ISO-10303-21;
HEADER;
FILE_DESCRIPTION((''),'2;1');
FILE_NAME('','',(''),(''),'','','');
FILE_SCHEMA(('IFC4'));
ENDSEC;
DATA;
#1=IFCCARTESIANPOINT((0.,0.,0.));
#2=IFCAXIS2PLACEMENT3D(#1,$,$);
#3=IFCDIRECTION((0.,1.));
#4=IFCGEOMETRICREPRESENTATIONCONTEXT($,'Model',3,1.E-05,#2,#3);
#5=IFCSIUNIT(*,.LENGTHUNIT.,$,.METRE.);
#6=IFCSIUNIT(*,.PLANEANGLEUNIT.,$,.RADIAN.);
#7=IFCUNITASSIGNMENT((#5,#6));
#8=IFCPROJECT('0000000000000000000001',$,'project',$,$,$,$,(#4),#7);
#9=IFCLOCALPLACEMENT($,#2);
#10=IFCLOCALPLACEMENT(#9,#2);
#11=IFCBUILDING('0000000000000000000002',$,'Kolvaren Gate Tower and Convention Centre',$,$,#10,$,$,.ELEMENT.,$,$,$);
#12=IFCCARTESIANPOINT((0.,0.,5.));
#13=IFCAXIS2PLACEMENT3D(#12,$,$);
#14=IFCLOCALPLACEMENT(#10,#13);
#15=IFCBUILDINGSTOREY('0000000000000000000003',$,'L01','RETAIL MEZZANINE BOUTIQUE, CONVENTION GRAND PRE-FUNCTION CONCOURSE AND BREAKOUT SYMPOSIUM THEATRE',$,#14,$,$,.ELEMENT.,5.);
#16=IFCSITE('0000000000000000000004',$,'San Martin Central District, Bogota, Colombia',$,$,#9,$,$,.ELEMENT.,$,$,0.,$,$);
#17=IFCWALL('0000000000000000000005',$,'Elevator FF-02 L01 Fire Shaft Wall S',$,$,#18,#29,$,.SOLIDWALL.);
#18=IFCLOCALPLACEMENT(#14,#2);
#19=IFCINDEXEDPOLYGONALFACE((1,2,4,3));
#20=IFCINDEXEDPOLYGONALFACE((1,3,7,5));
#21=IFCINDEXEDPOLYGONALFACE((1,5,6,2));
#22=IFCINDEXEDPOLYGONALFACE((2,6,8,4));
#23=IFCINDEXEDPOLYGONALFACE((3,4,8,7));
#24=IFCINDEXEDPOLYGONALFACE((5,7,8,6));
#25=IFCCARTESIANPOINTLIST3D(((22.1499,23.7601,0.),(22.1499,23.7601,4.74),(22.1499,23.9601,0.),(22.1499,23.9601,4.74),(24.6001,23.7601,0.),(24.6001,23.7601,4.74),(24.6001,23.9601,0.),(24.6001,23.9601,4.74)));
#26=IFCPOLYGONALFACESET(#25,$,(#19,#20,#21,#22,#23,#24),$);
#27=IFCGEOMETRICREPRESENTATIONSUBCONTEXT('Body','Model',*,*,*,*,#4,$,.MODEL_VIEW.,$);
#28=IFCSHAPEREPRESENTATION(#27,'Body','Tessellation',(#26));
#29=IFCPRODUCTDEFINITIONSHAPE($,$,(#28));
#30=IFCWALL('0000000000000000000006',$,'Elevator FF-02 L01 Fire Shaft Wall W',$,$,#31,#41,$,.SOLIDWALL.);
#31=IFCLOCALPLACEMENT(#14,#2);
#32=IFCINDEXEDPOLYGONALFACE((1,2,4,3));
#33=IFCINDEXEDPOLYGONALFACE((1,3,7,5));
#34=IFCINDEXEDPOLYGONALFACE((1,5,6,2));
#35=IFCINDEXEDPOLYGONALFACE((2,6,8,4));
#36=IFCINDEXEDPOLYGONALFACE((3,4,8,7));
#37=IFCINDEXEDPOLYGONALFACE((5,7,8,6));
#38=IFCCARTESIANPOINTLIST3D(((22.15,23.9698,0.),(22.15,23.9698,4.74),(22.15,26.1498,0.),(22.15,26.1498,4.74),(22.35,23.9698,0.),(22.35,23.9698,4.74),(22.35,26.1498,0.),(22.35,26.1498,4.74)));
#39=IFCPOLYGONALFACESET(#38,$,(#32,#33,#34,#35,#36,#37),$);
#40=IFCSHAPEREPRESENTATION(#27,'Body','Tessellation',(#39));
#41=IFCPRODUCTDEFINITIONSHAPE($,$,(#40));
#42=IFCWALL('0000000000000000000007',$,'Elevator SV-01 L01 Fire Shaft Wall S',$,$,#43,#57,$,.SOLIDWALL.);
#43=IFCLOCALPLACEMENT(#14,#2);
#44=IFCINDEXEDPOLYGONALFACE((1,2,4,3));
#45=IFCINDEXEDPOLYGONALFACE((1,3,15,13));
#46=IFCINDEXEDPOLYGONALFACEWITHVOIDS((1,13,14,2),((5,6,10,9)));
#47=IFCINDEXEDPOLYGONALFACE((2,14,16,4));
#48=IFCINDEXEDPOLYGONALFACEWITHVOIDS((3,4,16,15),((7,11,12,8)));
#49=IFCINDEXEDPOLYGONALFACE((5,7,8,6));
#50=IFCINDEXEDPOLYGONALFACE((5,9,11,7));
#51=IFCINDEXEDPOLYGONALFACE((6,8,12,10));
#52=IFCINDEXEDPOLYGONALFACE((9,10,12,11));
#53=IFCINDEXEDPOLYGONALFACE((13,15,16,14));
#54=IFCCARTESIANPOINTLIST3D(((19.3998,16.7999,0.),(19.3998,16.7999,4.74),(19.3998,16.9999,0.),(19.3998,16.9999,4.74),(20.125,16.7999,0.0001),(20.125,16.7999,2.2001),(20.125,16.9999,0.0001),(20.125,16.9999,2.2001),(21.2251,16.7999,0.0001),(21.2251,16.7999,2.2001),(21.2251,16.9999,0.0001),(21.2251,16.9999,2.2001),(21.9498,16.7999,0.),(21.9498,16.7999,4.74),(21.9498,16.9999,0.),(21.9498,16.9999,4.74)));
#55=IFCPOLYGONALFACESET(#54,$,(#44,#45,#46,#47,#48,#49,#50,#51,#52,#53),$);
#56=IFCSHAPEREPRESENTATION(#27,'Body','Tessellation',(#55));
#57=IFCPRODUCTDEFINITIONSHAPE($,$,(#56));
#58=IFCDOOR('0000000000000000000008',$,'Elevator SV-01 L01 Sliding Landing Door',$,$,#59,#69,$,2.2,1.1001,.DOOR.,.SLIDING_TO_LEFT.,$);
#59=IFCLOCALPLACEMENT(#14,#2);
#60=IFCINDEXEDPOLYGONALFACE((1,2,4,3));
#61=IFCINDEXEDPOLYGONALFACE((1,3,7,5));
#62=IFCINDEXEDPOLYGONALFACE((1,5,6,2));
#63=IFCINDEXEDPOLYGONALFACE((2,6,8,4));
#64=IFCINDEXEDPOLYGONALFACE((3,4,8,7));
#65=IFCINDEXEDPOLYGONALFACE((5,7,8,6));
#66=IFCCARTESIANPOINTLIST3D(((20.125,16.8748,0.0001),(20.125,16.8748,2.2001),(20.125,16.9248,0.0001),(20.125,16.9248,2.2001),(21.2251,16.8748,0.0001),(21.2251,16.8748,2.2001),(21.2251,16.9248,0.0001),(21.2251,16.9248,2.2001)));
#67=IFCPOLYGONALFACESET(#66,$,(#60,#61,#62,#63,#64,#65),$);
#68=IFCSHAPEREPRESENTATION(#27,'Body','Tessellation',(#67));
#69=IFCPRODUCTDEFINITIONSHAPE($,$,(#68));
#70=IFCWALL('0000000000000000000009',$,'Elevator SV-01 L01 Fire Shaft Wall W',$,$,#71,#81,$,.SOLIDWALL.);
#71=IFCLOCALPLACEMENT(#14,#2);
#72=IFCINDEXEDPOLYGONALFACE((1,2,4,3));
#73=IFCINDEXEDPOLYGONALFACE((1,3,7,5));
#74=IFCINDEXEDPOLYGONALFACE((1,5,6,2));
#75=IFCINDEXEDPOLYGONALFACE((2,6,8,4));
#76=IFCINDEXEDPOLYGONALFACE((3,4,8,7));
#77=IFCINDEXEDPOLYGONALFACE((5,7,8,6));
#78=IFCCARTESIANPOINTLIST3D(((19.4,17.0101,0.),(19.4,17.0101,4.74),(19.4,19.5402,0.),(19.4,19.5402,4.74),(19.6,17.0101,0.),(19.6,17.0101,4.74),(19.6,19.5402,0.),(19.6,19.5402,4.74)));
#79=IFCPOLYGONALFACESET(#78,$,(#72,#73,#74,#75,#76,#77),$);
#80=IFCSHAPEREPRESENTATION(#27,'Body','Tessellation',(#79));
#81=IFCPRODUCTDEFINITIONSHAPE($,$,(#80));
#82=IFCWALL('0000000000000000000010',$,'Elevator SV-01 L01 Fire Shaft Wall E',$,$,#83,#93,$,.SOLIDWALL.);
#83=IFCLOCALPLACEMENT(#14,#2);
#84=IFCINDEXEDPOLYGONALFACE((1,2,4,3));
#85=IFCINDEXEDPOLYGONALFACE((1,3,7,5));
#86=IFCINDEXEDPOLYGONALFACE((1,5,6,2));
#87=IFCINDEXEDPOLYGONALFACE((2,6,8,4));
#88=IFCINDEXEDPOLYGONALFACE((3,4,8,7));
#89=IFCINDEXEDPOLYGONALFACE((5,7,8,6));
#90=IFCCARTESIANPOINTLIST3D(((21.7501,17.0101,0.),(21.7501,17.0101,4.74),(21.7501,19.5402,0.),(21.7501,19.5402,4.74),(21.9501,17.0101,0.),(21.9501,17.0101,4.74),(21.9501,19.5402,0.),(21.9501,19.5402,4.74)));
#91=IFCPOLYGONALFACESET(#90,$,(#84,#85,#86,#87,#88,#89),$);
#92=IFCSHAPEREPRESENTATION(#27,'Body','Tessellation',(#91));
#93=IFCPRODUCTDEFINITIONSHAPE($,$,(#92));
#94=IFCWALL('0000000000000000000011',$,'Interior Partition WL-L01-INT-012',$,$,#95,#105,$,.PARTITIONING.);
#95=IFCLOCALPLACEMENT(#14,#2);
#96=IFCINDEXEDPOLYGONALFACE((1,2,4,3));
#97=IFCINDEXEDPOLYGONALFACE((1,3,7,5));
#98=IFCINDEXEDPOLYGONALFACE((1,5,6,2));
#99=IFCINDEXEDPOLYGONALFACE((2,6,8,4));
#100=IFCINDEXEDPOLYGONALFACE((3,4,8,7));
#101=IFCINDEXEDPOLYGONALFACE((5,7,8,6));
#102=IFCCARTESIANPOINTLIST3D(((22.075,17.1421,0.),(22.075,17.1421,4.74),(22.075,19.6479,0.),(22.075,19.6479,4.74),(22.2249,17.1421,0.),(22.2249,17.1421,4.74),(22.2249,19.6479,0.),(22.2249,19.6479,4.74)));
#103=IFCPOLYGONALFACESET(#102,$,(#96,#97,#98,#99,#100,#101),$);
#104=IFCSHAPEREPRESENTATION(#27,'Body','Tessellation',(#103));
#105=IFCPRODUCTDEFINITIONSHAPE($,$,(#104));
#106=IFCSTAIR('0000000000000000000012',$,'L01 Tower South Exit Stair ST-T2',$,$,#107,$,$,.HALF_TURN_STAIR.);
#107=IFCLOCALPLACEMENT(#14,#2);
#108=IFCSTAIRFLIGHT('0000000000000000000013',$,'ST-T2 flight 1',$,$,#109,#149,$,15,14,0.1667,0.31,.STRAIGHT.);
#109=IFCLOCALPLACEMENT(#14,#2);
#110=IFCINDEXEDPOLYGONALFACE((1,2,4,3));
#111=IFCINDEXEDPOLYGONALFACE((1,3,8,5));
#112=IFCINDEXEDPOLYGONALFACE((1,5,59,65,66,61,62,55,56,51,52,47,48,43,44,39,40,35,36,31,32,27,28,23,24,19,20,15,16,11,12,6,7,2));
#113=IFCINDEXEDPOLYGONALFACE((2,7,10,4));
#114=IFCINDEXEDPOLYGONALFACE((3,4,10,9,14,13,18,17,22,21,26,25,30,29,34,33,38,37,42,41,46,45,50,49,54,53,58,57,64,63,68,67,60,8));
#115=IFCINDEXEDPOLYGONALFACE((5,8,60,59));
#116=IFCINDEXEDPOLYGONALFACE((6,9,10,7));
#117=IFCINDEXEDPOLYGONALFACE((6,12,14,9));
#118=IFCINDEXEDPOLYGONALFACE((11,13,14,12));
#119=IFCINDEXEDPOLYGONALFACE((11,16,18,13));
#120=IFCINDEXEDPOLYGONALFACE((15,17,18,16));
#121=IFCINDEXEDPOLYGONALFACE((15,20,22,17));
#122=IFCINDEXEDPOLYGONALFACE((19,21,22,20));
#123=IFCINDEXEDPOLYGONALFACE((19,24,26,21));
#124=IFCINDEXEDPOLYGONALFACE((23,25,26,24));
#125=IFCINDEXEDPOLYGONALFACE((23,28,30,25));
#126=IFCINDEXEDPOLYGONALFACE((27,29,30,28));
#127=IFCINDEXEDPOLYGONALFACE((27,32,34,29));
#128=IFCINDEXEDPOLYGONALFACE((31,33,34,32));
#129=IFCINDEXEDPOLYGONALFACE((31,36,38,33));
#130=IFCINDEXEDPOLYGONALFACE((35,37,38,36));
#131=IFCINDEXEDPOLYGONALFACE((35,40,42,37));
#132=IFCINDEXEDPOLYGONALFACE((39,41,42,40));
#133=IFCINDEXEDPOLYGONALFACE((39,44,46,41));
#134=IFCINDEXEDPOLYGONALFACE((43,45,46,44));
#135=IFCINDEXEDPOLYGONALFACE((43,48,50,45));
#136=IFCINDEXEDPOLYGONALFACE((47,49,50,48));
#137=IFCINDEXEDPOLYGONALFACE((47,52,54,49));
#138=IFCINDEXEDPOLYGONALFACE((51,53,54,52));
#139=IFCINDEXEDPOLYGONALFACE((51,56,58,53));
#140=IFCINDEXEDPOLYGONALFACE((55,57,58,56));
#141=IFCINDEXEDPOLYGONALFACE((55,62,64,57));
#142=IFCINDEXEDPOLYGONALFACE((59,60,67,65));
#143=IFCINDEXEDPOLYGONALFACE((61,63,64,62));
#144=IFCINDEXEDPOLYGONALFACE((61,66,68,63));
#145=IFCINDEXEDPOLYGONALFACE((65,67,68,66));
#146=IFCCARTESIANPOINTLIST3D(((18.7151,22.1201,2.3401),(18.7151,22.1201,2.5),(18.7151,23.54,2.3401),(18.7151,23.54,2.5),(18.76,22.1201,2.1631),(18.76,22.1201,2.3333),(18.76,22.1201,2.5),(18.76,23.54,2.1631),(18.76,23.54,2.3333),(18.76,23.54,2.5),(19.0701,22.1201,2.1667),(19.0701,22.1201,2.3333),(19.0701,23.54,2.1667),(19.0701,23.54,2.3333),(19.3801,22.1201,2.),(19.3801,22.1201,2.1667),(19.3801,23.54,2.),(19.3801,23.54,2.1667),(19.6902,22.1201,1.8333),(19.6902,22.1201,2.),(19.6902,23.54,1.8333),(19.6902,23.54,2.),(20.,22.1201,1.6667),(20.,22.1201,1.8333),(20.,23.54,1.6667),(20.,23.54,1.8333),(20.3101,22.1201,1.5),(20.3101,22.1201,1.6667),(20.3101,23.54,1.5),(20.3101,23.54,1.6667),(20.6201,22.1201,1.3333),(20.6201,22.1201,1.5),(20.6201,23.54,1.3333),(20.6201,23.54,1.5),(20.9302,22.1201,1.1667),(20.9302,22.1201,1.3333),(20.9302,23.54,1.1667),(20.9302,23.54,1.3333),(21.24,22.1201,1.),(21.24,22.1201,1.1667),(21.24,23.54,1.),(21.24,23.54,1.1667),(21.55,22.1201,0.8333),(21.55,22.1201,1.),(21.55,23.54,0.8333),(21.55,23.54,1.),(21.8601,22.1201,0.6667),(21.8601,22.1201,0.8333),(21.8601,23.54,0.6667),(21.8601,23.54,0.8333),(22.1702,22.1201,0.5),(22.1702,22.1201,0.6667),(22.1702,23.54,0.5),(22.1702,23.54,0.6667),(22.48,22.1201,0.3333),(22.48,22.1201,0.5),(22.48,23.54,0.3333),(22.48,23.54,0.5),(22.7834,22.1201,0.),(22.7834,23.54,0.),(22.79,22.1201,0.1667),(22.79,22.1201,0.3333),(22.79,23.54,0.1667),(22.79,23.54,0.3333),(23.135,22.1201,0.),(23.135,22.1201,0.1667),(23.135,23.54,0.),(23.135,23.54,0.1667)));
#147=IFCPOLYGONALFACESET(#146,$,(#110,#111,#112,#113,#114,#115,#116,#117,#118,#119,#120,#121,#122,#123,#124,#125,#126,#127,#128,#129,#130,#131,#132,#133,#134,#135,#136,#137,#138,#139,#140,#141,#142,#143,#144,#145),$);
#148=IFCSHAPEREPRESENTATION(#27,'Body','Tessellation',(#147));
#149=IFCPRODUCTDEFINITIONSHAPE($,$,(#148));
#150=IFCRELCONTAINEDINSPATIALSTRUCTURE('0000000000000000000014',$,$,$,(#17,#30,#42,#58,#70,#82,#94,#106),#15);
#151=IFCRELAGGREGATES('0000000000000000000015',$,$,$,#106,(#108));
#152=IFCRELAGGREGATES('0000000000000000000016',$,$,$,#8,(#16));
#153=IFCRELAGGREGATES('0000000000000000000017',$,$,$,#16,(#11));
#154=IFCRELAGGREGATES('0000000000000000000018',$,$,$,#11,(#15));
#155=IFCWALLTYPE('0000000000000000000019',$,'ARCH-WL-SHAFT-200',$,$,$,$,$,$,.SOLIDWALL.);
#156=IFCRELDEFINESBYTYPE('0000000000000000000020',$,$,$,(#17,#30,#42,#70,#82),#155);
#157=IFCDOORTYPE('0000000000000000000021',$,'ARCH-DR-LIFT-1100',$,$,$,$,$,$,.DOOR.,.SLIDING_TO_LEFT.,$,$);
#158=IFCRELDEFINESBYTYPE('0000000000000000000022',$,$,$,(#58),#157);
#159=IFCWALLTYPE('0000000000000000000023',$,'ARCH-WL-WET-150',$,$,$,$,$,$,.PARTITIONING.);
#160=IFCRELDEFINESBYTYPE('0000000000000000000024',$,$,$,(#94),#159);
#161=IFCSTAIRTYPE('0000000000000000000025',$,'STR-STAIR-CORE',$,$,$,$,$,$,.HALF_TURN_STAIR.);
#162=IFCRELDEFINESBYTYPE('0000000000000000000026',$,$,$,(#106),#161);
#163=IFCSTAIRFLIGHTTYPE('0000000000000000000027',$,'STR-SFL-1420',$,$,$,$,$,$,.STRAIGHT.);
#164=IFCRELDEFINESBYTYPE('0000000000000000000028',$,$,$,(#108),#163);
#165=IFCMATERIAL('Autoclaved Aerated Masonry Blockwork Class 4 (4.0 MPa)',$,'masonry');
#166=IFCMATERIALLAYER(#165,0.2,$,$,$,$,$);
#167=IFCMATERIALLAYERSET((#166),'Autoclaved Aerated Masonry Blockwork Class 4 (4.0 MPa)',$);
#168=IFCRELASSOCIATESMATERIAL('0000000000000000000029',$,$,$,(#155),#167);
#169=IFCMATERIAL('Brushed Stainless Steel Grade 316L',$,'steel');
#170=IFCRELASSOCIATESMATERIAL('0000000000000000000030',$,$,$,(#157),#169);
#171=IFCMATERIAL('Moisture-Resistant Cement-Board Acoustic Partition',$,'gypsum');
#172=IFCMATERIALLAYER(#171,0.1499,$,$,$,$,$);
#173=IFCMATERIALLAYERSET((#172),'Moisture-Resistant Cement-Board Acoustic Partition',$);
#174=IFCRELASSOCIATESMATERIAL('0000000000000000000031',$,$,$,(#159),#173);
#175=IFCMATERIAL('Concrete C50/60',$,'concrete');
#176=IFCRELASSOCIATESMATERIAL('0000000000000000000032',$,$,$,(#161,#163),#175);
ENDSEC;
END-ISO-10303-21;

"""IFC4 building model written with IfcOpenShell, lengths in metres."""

from ifc_helpers import new_model, si_unit, direction, frame, frame_2d, origin, place, context, subcontext, project, spatial, polyline, rectangle, outline, extrude, material, layer, layer_set, type_object, element, fill, aggregate, save


model = new_model("IFC4")

# Units and contexts
model_context = context("Model", 3, precision=1e-05, world=origin(), true_north=direction((0.0, 1.0)))
body_context = subcontext(model_context, "Body", "Model", "MODEL_VIEW")
ifc_project = project(units=[si_unit("LENGTHUNIT", "METRE"), si_unit("PLANEANGLEUNIT", "RADIAN")], contexts=[model_context])

# Site, building, storey
site_placement = place(None, origin())
site = spatial("IfcSite", under=ifc_project, at=site_placement, Name="San Martin Central District, Bogota, Colombia", CompositionType="ELEMENT", RefElevation=0.0)
building_placement = place(site_placement, origin())
building = spatial("IfcBuilding", under=site, at=building_placement, Name="Kolvaren Gate Tower and Convention Centre", CompositionType="ELEMENT")
storey_placement = place(building_placement, frame((0.0, 0.0, 5.0)))
storey = spatial("IfcBuildingStorey", under=building, at=storey_placement, Name="L01", Description="RETAIL MEZZANINE BOUTIQUE, CONVENTION GRAND PRE-FUNCTION CONCOURSE AND BREAKOUT SYMPOSIUM THEATRE", CompositionType="ELEMENT", Elevation=5.0)

# Shared definitions
ifc_material_1 = material(Name="Autoclaved Aerated Masonry Blockwork Class 4 (4.0 MPa)", Category="masonry")

# Walls
ifc_layer_1 = layer(ifc_material_1, 0.2)
ifc_layer_set_1 = layer_set([ifc_layer_1], Name="Autoclaved Aerated Masonry Blockwork Class 4 (4.0 MPa)")
wall_type_1 = type_object("IfcWallType", Name="ARCH-WL-SHAFT-200", PredefinedType="SOLIDWALL", material=ifc_layer_set_1)
for number, where, z_axis, x_axis, name in (
    (1, (22.1499, 23.8601, 0.0), (0.0, 0.0, 1.0), (1.0, 0.0, 0.0), "Elevator FF-02 L01 Fire Shaft Wall S"),
):
    element("IfcWall", number, at=place(storey_placement, frame(where, z_axis=z_axis, x_axis=x_axis)), inside=storey, type_object=wall_type_1, Name=name, PredefinedType="SOLIDWALL", context=body_context, shape_type="SweptSolid", body=[
        extrude(rectangle(XDim=2.4502, YDim=0.2, at=frame_2d((1.2251, 0.0))), origin(), (0.0, 0.0, 1.0), 4.74),
    ])
wall_1_placement = place(storey_placement, frame((22.25, 23.97, 0.0), z_axis=(0.0, 0.0, 1.0), x_axis=(0.0, 1.0, 0.0)))
element("IfcWall", 2, at=wall_1_placement, inside=storey, type_object=wall_type_1, Name="Elevator FF-02 L01 Fire Shaft Wall W", PredefinedType="SOLIDWALL", context=body_context, shape_type="SweptSolid", body=[
    extrude(rectangle(XDim=2.1799, YDim=0.2, at=frame_2d((1.0898, 0.0))), origin(), (0.0, 0.0, 1.0), 4.74),
])

# Wall, opening, door
wall_2_placement = place(storey_placement, frame((19.3999, 16.8999, 0.0), z_axis=(0.0, 0.0, 1.0), x_axis=(1.0, 0.0, 0.0)))
wall_2 = element("IfcWall", 3, at=wall_2_placement, inside=storey, type_object=wall_type_1, Name="Elevator SV-01 L01 Fire Shaft Wall S", PredefinedType="SOLIDWALL", context=body_context, shape_type="SweptSolid", body=[
    extrude(rectangle(XDim=2.55, YDim=0.2, at=frame_2d((1.2749, 0.0))), origin(), (0.0, 0.0, 1.0), 4.74),
])
opening_1_placement = place(wall_2_placement, frame((0.7251, 0.0, 0.0)))
opening_1 = element("IfcOpeningElement", 4, at=opening_1_placement, cuts=wall_2, PredefinedType="OPENING", context=body_context, shape_type="SweptSolid", body=[
    extrude(rectangle(XDim=1.1001, YDim=2.2, at=frame_2d((0.55, 1.1001))), frame((0.0, 0.1099, 0.0), z_axis=(0.0, -1.0, 0.0), x_axis=(1.0, 0.0, 0.0)), (0.0, 0.0, 1.0), 0.22),
])
ifc_material_2 = material(Name="Brushed Stainless Steel Grade 316L", Category="steel")
door_type_1 = type_object("IfcDoorType", Name="ARCH-DR-LIFT-1100", OperationType="SLIDING_TO_LEFT", PredefinedType="DOOR", material=ifc_material_2)
door_1_placement = place(opening_1_placement, origin())
door_1 = element("IfcDoor", 5, at=door_1_placement, inside=storey, type_object=door_type_1, Name="Elevator SV-01 L01 Sliding Landing Door", OperationType="SLIDING_TO_LEFT", OverallHeight=2.2, OverallWidth=1.1001, PredefinedType="DOOR", context=body_context, shape_type="SweptSolid", body=[
    extrude(rectangle(XDim=1.1001, YDim=2.2, at=frame_2d((0.55, 1.1001))), frame((0.0, 0.0249, 0.0), z_axis=(0.0, -1.0, 0.0), x_axis=(1.0, 0.0, 0.0)), (0.0, 0.0, 1.0), 0.05),
])
fill(opening_1, door_1)

# Walls
for number, where, z_axis, x_axis, name in (
    (6, (19.5, 17.01, 0.0), (0.0, 0.0, 1.0), (0.0, 1.0, 0.0), "Elevator SV-01 L01 Fire Shaft Wall W"),
    (7, (21.8501, 17.01, 0.0), (0.0, 0.0, 1.0), (0.0, 1.0, 0.0), "Elevator SV-01 L01 Fire Shaft Wall E"),
):
    element("IfcWall", number, at=place(storey_placement, frame(where, z_axis=z_axis, x_axis=x_axis)), inside=storey, type_object=wall_type_1, Name=name, PredefinedType="SOLIDWALL", context=body_context, shape_type="SweptSolid", body=[
        extrude(rectangle(XDim=2.53, YDim=0.2, at=frame_2d((1.2651, 0.0))), origin(), (0.0, 0.0, 1.0), 4.74),
    ])
ifc_material_3 = material(Name="Moisture-Resistant Cement-Board Acoustic Partition", Category="gypsum")
ifc_layer_2 = layer(ifc_material_3, 0.1499)
ifc_layer_set_2 = layer_set([ifc_layer_2], Name="Moisture-Resistant Cement-Board Acoustic Partition")
wall_type_2 = type_object("IfcWallType", Name="ARCH-WL-WET-150", PredefinedType="PARTITIONING", material=ifc_layer_set_2)
wall_3_placement = place(storey_placement, frame((22.1499, 17.1421, 0.0), z_axis=(0.0, 0.0, 1.0), x_axis=(0.0, 1.0, 0.0)))
element("IfcWall", 8, at=wall_3_placement, inside=storey, type_object=wall_type_2, Name="Interior Partition WL-L01-INT-012", PredefinedType="PARTITIONING", context=body_context, shape_type="SweptSolid", body=[
    extrude(rectangle(XDim=2.5059, YDim=0.1499, at=frame_2d((1.2529, 0.0))), origin(), (0.0, 0.0, 1.0), 4.74),
])

# Stair, stair flight
ifc_material_4 = material(Name="Concrete C50/60", Category="concrete")
stair_type = type_object("IfcStairType", Name="STR-STAIR-CORE", PredefinedType="HALF_TURN_STAIR", material=ifc_material_4)
stair_placement = place(storey_placement, origin())
stair = element("IfcStair", 9, at=stair_placement, inside=storey, type_object=stair_type, Name="L01 Tower South Exit Stair ST-T2", PredefinedType="HALF_TURN_STAIR")
stair_flight_type = type_object("IfcStairFlightType", Name="STR-SFL-1420", PredefinedType="STRAIGHT", material=ifc_material_4)
stair_flight_placement = place(storey_placement, frame((23.1001, 22.8301, 0.0), z_axis=(0.0, 0.0, 1.0), x_axis=(-1.0, 0.0, 0.0)))
stair_flight = element("IfcStairFlight", 10, at=stair_flight_placement, type_object=stair_flight_type, Name="ST-T2 flight 1", NumberOfRisers=15, NumberOfTreads=14, PredefinedType="STRAIGHT", RiserHeight=0.1667, TreadLength=0.31, context=body_context, shape_type="SweptSolid", body=[
    extrude(outline(polyline([(-0.0349, 0.0), (-0.0349, 0.1667), (0.3101, 0.1667), (0.3101, 0.3333), (0.6201, 0.3333), (0.6201, 0.5), (0.9299, 0.5), (0.9299, 0.6667), (1.24, 0.6667), (1.24, 0.8333), (1.55, 0.8333), (1.55, 1.0), (1.8601, 1.0), (1.8601, 1.1667), (2.1699, 1.1667), (2.1699, 1.3333), (2.48, 1.3333), (2.48, 1.5), (2.79, 1.5), (2.79, 1.6667), (3.1001, 1.6667), (3.1001, 1.8333), (3.4099, 1.8333), (3.4099, 2.0), (3.72, 2.0), (3.72, 2.1667), (4.03, 2.1667), (4.03, 2.3333), (4.3401, 2.3333), (4.3401, 2.5), (4.385, 2.5), (4.385, 2.3401), (4.3401, 2.1631), (0.3167, 0.0), (-0.0349, 0.0)])), frame((0.0, 0.71, 0.0), z_axis=(0.0, -1.0, 0.0), x_axis=(1.0, 0.0, 0.0)), (0.0, 0.0, 1.0), 1.4199),
])
aggregate(stair, [stair_flight])

save(model, "model.ifc")
